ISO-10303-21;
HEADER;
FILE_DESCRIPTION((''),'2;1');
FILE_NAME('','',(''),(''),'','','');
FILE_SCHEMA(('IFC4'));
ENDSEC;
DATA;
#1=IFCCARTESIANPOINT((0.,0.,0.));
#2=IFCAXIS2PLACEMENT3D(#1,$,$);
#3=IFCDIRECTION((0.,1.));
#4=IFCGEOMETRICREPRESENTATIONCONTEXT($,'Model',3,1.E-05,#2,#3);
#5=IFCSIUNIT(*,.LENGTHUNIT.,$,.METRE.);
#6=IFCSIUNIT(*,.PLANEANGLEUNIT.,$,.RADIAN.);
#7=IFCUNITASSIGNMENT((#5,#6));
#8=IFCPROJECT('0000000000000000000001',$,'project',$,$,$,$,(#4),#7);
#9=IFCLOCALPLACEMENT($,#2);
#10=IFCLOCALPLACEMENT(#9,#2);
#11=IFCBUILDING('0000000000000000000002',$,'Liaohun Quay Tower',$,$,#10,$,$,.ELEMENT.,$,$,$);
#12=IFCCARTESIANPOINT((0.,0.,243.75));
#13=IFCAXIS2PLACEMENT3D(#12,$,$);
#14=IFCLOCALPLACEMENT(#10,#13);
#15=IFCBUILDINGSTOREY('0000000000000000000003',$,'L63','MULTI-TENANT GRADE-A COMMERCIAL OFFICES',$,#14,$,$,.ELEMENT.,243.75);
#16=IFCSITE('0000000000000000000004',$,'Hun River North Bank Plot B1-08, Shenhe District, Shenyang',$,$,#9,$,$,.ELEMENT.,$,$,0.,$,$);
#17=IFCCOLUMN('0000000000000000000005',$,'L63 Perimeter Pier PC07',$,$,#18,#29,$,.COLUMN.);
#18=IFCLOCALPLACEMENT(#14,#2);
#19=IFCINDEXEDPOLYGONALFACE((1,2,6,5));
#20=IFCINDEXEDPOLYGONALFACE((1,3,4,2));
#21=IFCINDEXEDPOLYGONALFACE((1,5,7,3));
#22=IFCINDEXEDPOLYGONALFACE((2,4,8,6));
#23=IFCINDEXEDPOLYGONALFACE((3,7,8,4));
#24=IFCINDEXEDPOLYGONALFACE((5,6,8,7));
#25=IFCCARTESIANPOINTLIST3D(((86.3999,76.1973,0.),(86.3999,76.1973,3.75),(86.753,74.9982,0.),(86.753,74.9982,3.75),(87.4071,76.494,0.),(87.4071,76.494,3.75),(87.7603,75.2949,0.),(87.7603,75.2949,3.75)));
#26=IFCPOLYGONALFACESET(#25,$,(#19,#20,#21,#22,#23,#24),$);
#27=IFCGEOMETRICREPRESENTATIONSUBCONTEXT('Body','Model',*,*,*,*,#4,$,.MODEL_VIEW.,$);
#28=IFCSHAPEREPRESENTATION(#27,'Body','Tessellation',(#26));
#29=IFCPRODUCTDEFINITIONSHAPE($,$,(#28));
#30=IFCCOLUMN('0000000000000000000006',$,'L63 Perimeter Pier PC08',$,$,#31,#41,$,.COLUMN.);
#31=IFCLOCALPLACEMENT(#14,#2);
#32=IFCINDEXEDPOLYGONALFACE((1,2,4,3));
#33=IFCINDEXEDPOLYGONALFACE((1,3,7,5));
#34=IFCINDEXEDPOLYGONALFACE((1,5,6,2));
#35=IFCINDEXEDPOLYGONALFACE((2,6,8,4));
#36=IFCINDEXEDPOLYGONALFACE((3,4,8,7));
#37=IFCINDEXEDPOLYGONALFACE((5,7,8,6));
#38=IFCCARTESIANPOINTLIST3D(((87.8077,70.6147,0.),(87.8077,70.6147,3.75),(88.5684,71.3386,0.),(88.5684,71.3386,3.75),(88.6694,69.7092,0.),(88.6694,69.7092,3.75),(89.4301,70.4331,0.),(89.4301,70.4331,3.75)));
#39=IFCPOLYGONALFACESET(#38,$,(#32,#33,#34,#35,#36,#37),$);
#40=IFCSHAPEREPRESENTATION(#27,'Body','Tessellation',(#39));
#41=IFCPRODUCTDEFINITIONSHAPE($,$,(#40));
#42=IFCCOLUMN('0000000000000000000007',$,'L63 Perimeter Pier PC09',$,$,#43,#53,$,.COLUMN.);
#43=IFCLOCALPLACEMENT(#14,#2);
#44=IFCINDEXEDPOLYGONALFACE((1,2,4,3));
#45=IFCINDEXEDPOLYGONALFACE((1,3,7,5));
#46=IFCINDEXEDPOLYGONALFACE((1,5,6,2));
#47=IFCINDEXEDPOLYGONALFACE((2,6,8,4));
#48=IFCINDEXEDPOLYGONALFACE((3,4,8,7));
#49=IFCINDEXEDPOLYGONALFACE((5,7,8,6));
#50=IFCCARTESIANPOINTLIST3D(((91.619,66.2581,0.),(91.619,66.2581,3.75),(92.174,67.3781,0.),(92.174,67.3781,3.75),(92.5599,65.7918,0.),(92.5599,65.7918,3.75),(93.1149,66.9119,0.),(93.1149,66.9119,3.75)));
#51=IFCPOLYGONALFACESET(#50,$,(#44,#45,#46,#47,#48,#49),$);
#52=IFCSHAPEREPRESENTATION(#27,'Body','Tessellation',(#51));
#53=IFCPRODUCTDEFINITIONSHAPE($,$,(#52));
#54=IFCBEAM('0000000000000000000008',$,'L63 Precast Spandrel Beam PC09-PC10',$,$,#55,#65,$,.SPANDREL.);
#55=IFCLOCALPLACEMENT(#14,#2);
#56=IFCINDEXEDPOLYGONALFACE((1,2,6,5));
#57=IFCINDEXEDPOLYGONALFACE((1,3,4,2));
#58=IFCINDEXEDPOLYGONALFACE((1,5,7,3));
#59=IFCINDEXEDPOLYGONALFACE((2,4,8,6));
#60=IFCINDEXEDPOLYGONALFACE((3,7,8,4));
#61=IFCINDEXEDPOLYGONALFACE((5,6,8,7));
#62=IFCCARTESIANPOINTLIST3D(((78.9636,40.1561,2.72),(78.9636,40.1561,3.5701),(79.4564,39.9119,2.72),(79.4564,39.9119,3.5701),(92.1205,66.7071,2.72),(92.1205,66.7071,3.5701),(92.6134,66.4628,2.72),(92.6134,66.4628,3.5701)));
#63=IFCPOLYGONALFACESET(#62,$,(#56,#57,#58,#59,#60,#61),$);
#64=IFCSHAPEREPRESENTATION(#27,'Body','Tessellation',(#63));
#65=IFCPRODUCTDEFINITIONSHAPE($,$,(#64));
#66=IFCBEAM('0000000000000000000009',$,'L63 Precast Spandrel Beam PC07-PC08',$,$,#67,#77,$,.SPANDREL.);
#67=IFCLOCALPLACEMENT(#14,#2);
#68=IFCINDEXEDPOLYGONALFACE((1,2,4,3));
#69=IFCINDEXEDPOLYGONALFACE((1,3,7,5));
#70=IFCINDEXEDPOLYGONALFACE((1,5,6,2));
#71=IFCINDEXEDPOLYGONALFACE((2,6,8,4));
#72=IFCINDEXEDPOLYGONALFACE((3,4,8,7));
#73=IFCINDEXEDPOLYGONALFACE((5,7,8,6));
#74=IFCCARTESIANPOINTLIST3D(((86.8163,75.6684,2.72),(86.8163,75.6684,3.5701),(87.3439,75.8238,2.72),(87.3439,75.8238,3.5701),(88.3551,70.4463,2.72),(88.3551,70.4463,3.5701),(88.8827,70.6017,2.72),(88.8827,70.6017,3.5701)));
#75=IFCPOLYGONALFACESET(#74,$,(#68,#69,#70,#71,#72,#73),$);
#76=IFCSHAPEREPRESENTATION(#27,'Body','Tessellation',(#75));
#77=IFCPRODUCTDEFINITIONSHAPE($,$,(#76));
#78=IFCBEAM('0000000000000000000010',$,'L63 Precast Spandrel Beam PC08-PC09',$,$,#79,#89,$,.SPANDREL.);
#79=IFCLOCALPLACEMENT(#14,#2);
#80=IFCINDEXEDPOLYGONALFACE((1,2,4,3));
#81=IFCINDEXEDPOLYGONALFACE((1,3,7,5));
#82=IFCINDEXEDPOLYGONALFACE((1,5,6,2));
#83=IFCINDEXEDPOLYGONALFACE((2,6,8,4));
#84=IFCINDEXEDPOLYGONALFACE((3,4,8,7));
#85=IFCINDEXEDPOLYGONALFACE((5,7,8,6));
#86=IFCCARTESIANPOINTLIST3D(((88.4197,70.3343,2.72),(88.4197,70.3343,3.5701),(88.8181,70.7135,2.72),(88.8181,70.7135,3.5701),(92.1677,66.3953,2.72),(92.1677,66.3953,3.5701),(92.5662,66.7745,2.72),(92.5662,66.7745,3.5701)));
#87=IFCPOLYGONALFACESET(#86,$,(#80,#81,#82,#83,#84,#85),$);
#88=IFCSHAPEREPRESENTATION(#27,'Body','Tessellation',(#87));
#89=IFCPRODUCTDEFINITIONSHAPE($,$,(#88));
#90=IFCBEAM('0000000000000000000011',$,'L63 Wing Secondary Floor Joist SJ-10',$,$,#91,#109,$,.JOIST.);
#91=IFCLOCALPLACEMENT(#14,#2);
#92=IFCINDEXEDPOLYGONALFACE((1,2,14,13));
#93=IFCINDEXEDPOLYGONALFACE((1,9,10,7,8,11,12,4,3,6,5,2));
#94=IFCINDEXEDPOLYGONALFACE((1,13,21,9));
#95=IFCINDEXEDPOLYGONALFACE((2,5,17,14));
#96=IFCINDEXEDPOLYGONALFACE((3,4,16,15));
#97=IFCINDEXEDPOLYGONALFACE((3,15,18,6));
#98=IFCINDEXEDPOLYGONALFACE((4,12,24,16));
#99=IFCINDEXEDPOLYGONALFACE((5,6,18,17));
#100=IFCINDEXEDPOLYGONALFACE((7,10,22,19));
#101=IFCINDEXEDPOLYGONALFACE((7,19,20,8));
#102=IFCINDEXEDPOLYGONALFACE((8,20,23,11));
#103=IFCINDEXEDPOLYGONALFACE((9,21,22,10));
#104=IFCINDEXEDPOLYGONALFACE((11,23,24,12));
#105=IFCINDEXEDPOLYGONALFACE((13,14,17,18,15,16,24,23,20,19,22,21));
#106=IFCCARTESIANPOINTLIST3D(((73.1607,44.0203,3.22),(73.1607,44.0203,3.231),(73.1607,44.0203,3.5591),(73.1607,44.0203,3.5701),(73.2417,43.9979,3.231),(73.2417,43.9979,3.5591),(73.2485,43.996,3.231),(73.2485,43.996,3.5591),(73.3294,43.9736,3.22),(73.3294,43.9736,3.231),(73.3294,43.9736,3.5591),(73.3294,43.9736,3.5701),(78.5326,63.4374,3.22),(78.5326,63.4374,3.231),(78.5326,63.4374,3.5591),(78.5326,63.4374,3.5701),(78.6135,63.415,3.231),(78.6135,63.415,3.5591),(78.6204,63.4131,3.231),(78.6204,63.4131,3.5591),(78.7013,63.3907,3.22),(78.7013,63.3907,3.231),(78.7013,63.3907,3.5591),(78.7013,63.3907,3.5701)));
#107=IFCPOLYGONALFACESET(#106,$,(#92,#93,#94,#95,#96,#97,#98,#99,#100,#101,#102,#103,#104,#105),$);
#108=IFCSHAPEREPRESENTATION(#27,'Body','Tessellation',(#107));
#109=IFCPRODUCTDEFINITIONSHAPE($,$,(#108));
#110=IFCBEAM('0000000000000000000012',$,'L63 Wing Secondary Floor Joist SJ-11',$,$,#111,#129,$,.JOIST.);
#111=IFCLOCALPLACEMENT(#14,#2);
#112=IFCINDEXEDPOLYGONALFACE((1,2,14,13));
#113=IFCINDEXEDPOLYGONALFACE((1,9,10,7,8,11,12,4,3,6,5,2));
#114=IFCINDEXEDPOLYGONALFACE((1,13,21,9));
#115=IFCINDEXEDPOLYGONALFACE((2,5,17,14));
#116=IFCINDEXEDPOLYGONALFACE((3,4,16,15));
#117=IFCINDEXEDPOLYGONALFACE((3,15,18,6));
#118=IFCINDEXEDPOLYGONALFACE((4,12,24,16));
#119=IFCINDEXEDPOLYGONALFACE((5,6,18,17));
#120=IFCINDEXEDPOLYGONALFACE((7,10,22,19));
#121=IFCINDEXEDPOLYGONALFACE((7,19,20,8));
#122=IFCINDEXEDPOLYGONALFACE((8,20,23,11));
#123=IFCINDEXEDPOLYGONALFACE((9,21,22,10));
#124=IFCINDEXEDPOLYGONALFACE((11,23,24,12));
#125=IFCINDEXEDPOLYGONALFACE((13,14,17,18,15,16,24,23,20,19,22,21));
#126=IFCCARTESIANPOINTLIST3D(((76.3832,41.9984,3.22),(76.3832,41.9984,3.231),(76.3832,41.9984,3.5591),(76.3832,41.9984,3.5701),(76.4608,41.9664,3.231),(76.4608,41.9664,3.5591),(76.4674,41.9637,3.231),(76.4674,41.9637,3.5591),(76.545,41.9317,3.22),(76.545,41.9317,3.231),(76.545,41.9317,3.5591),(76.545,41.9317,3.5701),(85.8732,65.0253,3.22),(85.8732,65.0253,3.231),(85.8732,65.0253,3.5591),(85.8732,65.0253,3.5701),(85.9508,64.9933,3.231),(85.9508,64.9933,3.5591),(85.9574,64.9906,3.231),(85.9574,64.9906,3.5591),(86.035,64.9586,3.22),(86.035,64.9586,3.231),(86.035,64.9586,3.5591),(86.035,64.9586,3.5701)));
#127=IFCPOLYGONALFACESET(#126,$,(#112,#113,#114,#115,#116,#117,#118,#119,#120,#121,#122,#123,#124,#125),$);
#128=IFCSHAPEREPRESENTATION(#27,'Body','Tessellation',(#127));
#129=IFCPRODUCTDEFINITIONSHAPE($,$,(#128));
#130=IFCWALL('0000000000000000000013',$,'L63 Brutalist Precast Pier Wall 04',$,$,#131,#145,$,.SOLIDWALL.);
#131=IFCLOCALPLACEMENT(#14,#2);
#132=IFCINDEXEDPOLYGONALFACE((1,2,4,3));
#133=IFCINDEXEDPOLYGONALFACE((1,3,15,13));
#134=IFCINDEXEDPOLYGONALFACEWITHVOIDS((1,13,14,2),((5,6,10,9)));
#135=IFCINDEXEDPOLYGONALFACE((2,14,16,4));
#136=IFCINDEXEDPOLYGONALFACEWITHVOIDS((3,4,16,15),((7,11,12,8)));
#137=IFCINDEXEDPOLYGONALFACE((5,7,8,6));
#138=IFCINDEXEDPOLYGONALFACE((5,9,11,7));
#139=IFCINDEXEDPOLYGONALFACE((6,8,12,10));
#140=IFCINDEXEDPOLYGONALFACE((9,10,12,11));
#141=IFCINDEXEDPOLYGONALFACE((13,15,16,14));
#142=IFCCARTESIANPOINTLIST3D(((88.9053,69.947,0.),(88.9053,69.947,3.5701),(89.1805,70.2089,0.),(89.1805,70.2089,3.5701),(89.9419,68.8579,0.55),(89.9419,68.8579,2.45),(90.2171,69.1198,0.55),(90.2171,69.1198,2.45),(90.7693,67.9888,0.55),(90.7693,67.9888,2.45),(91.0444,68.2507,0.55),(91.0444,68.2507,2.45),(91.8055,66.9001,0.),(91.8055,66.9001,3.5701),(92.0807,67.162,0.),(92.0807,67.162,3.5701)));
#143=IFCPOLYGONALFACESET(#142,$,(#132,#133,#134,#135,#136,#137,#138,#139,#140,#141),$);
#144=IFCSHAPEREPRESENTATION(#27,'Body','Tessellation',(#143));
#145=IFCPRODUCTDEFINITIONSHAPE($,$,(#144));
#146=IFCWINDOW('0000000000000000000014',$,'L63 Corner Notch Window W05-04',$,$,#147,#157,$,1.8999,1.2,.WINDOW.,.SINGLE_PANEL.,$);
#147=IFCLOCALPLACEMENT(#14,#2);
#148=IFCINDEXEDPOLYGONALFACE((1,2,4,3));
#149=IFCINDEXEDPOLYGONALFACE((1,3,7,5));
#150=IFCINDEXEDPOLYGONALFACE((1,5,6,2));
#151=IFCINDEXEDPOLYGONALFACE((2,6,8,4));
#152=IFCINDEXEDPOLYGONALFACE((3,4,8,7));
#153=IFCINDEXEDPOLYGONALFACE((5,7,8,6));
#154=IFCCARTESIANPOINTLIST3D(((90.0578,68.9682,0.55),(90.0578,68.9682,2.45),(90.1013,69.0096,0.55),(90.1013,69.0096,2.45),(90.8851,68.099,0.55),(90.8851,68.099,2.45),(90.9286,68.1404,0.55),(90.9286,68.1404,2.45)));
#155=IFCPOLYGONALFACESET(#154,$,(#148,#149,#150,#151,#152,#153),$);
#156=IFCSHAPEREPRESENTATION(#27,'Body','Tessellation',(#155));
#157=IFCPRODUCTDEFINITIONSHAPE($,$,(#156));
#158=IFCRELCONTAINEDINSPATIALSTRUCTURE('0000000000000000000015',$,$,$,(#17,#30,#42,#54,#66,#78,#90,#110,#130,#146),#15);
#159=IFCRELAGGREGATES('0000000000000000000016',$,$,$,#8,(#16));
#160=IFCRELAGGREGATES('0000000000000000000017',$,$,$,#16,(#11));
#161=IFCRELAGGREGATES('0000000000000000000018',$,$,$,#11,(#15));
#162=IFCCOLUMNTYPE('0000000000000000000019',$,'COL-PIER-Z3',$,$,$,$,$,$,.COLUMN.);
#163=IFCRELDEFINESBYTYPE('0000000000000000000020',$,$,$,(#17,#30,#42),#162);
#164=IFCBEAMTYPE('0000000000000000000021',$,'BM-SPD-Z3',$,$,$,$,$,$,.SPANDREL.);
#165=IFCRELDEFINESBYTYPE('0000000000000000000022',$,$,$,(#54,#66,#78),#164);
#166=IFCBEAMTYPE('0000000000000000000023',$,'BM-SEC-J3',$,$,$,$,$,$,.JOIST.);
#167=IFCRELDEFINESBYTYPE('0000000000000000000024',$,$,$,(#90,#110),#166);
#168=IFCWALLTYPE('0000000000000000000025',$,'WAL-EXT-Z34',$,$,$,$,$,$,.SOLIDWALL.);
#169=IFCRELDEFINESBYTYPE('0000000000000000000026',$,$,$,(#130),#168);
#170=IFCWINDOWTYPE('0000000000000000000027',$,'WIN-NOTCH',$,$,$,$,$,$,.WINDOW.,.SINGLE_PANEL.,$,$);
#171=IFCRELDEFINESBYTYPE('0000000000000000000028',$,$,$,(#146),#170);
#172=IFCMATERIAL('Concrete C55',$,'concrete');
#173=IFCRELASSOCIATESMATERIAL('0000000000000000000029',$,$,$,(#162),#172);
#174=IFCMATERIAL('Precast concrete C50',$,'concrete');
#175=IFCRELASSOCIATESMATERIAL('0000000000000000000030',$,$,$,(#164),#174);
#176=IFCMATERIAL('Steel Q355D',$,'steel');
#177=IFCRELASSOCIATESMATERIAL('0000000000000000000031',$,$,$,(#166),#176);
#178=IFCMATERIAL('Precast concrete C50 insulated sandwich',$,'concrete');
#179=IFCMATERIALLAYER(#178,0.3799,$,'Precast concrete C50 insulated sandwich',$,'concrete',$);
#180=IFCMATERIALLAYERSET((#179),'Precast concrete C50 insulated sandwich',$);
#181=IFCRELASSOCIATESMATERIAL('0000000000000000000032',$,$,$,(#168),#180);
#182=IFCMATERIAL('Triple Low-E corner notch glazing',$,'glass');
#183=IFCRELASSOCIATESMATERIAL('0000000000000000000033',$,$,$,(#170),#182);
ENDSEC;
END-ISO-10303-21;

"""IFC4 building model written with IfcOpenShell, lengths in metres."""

from ifc_helpers import new_model, si_unit, direction, frame, frame_2d, origin, origin_2d, place, context, subcontext, project, spatial, rectangle, i_section, extrude, source, transform, mapped, material, layer, layer_set, material_profile, profile_set, type_object, element, fill, save


model = new_model("IFC4")

# Units and contexts
model_context = context("Model", 3, precision=1e-05, world=origin(), true_north=direction((0.0, 1.0)))
body_context = subcontext(model_context, "Body", "Model", "MODEL_VIEW")
ifc_project = project(units=[si_unit("LENGTHUNIT", "METRE"), si_unit("PLANEANGLEUNIT", "RADIAN")], contexts=[model_context])

# Site, building, storey
site_placement = place(None, origin())
site = spatial("IfcSite", under=ifc_project, at=site_placement, Name="Hun River North Bank Plot B1-08, Shenhe District, Shenyang", CompositionType="ELEMENT", RefElevation=0.0)
building_placement = place(site_placement, origin())
building = spatial("IfcBuilding", under=site, at=building_placement, Name="Liaohun Quay Tower", CompositionType="ELEMENT")
storey_placement = place(building_placement, frame((0.0, 0.0, 243.75)))
storey = spatial("IfcBuildingStorey", under=building, at=storey_placement, Name="L63", Description="MULTI-TENANT GRADE-A COMMERCIAL OFFICES", CompositionType="ELEMENT", Elevation=243.75)

# Columns
ifc_material_1 = material(Name="Concrete C55", Category="concrete")
ifc_material_profile_1 = material_profile(ifc_material_1, rectangle(XDim=1.25, YDim=1.05, at=origin_2d()), Name="RC1250x1050")
ifc_profile_set_1 = profile_set([ifc_material_profile_1], Name="Concrete C55")
column_type = type_object("IfcColumnType", Name="COL-PIER-Z3", PredefinedType="COLUMN", material=ifc_profile_set_1)
shared_shape_1 = source(origin(), body_context, "Body", "SweptSolid", [
    extrude(rectangle(XDim=1.25, YDim=1.05, at=origin_2d()), origin(), (0.0, 0.0, 1.0), 3.75),
])
for number, where, z_axis, x_axis, name in (
    (1, (87.0801, 75.7461, 0.0), (0.0, 0.0, 1.0), (-0.282509, 0.959265, 0.0), "L63 Perimeter Pier PC07"),
    (2, (88.6189, 70.5239, 0.0), (0.0, 0.0, 1.0), (-0.689367, 0.724413, 0.0), "L63 Perimeter Pier PC08"),
    (3, (92.3669, 66.585, 0.0), (0.0, 0.0, 1.0), (0.44401, 0.896022, 0.0), "L63 Perimeter Pier PC09"),
):
    element("IfcColumn", number, at=place(storey_placement, frame(where, z_axis=z_axis, x_axis=x_axis)), inside=storey, type_object=column_type, Name=name, PredefinedType="COLUMN", context=body_context, shape_type="MappedRepresentation", body=[
        mapped(shared_shape_1, transform((0.0, 0.0, 0.0), x_axis=(1.0, 0.0, 0.0), y_axis=(0.0, 1.0, 0.0), z_axis=(0.0, 0.0, 1.0), scale=1.0)),
    ])

# Beams
ifc_material_2 = material(Name="Precast concrete C50", Category="concrete")
ifc_material_profile_2 = material_profile(ifc_material_2, rectangle(XDim=0.55, YDim=0.8501, at=origin_2d()), Name="RC550x850")
ifc_profile_set_2 = profile_set([ifc_material_profile_2], Name="Precast concrete C50")
beam_type_1 = type_object("IfcBeamType", Name="BM-SPD-Z3", PredefinedType="SPANDREL", material=ifc_profile_set_2)
shared_shape_2 = source(origin(), body_context, "Body", "SweptSolid", [
    extrude(rectangle(XDim=0.55, YDim=0.8501, at=origin_2d()), origin(), (0.0, 0.0, 1.0), 29.6321),
])
beam_1_placement = place(storey_placement, frame((92.3669, 66.585, 3.145), z_axis=(-0.444011, -0.896021, 0.0), x_axis=(0.896021, -0.444011, 0.0)))
element("IfcBeam", 4, at=beam_1_placement, inside=storey, type_object=beam_type_1, Name="L63 Precast Spandrel Beam PC09-PC10", PredefinedType="SPANDREL", context=body_context, shape_type="MappedRepresentation", body=[
    mapped(shared_shape_2, transform((0.0, 0.0, 0.0), x_axis=(1.0, 0.0, 0.0), y_axis=(0.0, 1.0, 0.0), z_axis=(0.0, 0.0, 1.0), scale=1.0)),
])
shared_shape_3 = source(origin(), body_context, "Body", "SweptSolid", [
    extrude(rectangle(XDim=0.55, YDim=0.8501, at=origin_2d()), origin(), (0.0, 0.0, 1.0), 5.4441),
])
beam_2_placement = place(storey_placement, frame((87.0801, 75.7461, 3.145), z_axis=(0.282654, -0.959222, 0.0), x_axis=(0.959222, 0.282654, 0.0)))
element("IfcBeam", 5, at=beam_2_placement, inside=storey, type_object=beam_type_1, Name="L63 Precast Spandrel Beam PC07-PC08", PredefinedType="SPANDREL", context=body_context, shape_type="MappedRepresentation", body=[
    mapped(shared_shape_3, transform((0.0, 0.0, 0.0), x_axis=(1.0, 0.0, 0.0), y_axis=(0.0, 1.0, 0.0), z_axis=(0.0, 0.0, 1.0), scale=1.0)),
])
shared_shape_4 = source(origin(), body_context, "Body", "SweptSolid", [
    extrude(rectangle(XDim=0.55, YDim=0.8501, at=origin_2d()), origin(), (0.0, 0.0, 1.0), 5.4373),
])
beam_3_placement = place(storey_placement, frame((88.6189, 70.5239, 3.145), z_axis=(0.689332, -0.724445, 0.0), x_axis=(0.724445, 0.689332, 0.0)))
element("IfcBeam", 6, at=beam_3_placement, inside=storey, type_object=beam_type_1, Name="L63 Precast Spandrel Beam PC08-PC09", PredefinedType="SPANDREL", context=body_context, shape_type="MappedRepresentation", body=[
    mapped(shared_shape_4, transform((0.0, 0.0, 0.0), x_axis=(1.0, 0.0, 0.0), y_axis=(0.0, 1.0, 0.0), z_axis=(0.0, 0.0, 1.0), scale=1.0)),
])
ifc_material_3 = material(Name="Steel Q355D", Category="steel")
ifc_material_profile_3 = material_profile(ifc_material_3, i_section(OverallWidth=0.175, OverallDepth=0.3501, WebThickness=0.0071, FlangeThickness=0.011, at=origin_2d()), Name="HN350x175x7x11")
ifc_profile_set_3 = profile_set([ifc_material_profile_3], Name="Steel Q355D")
beam_type_2 = type_object("IfcBeamType", Name="BM-SEC-J3", PredefinedType="JOIST", material=ifc_profile_set_3)
shared_shape_5 = source(origin(), body_context, "Body", "SweptSolid", [
    extrude(i_section(OverallWidth=0.175, OverallDepth=0.3501, WebThickness=0.0071, FlangeThickness=0.011, at=origin_2d()), origin(), (0.0, 0.0, 1.0), 20.1465),
])
beam_4_placement = place(storey_placement, frame((78.6169, 63.4141, 3.395), z_axis=(-0.26664, -0.963796, 0.0), x_axis=(0.963796, -0.26664, 0.0)))
element("IfcBeam", 7, at=beam_4_placement, inside=storey, type_object=beam_type_2, Name="L63 Wing Secondary Floor Joist SJ-10", PredefinedType="JOIST", context=body_context, shape_type="MappedRepresentation", body=[
    mapped(shared_shape_5, transform((0.0, 0.0, 0.0), x_axis=(1.0, 0.0, 0.0), y_axis=(0.0, 1.0, 0.0), z_axis=(0.0, 0.0, 1.0), scale=1.0)),
])
shared_shape_6 = source(origin(), body_context, "Body", "SweptSolid", [
    extrude(i_section(OverallWidth=0.175, OverallDepth=0.3501, WebThickness=0.0071, FlangeThickness=0.011, at=origin_2d()), origin(), (0.0, 0.0, 1.0), 24.9058),
])
beam_5_placement = place(storey_placement, frame((85.9541, 64.9919, 3.395), z_axis=(-0.381036, -0.92456, 0.0), x_axis=(0.92456, -0.381036, 0.0)))
element("IfcBeam", 8, at=beam_5_placement, inside=storey, type_object=beam_type_2, Name="L63 Wing Secondary Floor Joist SJ-11", PredefinedType="JOIST", context=body_context, shape_type="MappedRepresentation", body=[
    mapped(shared_shape_6, transform((0.0, 0.0, 0.0), x_axis=(1.0, 0.0, 0.0), y_axis=(0.0, 1.0, 0.0), z_axis=(0.0, 0.0, 1.0), scale=1.0)),
])

# Wall, opening, window
ifc_material_4 = material(Name="Precast concrete C50 insulated sandwich", Category="concrete")
ifc_layer_1 = layer(ifc_material_4, 0.3799, Name="Precast concrete C50 insulated sandwich", Category="concrete")
ifc_layer_set_1 = layer_set([ifc_layer_1], Name="Precast concrete C50 insulated sandwich")
wall_type_1 = type_object("IfcWallType", Name="WAL-EXT-Z34", PredefinedType="SOLIDWALL", material=ifc_layer_set_1)
wall_1_placement = place(storey_placement, frame((91.9431, 67.031, 0.0), z_axis=(0.0, 0.0, 1.0), x_axis=(-0.689451, 0.724333, 0.0)))
wall_1 = element("IfcWall", 9, at=wall_1_placement, inside=storey, type_object=wall_type_1, Name="L63 Brutalist Precast Pier Wall 04", PredefinedType="SOLIDWALL", context=body_context, shape_type="SweptSolid", body=[
    extrude(rectangle(XDim=4.2065, YDim=0.3799, at=frame_2d((2.1033, 0.0))), origin(), (0.0, 0.0, 1.0), 3.5701),
])
shared_shape_7 = source(origin(), body_context, "Body", "SweptSolid", [
    extrude(rectangle(XDim=1.2, YDim=1.8999, at=frame_2d((0.6001, 0.95))), frame((0.0, 0.2, 0.0), z_axis=(0.0, -1.0, 0.0), x_axis=(1.0, 0.0, 0.0)), (0.0, 0.0, 1.0), 0.3999),
])
opening_1_placement = place(wall_1_placement, frame((1.5029, 0.0, 0.55)))
opening_1 = element("IfcOpeningElement", 10, at=opening_1_placement, cuts=wall_1, PredefinedType="OPENING", context=body_context, shape_type="MappedRepresentation", body=[
    mapped(shared_shape_7, transform((0.0, 0.0, 0.0), x_axis=(1.0, 0.0, 0.0), y_axis=(0.0, 1.0, 0.0), z_axis=(0.0, 0.0, 1.0), scale=1.0)),
])
ifc_material_5 = material(Name="Triple Low-E corner notch glazing", Category="glass")
window_type_1 = type_object("IfcWindowType", Name="WIN-NOTCH", PartitioningType="SINGLE_PANEL", PredefinedType="WINDOW", material=ifc_material_5)
shared_shape_8 = source(origin(), body_context, "Body", "SweptSolid", [
    extrude(rectangle(XDim=1.2, YDim=1.8999, at=frame_2d((0.6001, 0.95))), frame((0.0, 0.03, 0.0), z_axis=(0.0, -1.0, 0.0), x_axis=(1.0, 0.0, 0.0)), (0.0, 0.0, 1.0), 0.0601),
])
window_1_placement = place(opening_1_placement, origin())
window_1 = element("IfcWindow", 11, at=window_1_placement, inside=storey, type_object=window_type_1, Name="L63 Corner Notch Window W05-04", OverallHeight=1.8999, OverallWidth=1.2, PartitioningType="SINGLE_PANEL", PredefinedType="WINDOW", context=body_context, shape_type="MappedRepresentation", body=[
    mapped(shared_shape_8, transform((0.0, 0.0, 0.0), x_axis=(1.0, 0.0, 0.0), y_axis=(0.0, 1.0, 0.0), z_axis=(0.0, 0.0, 1.0), scale=1.0)),
])
fill(opening_1, window_1)

save(model, "model.ifc")
